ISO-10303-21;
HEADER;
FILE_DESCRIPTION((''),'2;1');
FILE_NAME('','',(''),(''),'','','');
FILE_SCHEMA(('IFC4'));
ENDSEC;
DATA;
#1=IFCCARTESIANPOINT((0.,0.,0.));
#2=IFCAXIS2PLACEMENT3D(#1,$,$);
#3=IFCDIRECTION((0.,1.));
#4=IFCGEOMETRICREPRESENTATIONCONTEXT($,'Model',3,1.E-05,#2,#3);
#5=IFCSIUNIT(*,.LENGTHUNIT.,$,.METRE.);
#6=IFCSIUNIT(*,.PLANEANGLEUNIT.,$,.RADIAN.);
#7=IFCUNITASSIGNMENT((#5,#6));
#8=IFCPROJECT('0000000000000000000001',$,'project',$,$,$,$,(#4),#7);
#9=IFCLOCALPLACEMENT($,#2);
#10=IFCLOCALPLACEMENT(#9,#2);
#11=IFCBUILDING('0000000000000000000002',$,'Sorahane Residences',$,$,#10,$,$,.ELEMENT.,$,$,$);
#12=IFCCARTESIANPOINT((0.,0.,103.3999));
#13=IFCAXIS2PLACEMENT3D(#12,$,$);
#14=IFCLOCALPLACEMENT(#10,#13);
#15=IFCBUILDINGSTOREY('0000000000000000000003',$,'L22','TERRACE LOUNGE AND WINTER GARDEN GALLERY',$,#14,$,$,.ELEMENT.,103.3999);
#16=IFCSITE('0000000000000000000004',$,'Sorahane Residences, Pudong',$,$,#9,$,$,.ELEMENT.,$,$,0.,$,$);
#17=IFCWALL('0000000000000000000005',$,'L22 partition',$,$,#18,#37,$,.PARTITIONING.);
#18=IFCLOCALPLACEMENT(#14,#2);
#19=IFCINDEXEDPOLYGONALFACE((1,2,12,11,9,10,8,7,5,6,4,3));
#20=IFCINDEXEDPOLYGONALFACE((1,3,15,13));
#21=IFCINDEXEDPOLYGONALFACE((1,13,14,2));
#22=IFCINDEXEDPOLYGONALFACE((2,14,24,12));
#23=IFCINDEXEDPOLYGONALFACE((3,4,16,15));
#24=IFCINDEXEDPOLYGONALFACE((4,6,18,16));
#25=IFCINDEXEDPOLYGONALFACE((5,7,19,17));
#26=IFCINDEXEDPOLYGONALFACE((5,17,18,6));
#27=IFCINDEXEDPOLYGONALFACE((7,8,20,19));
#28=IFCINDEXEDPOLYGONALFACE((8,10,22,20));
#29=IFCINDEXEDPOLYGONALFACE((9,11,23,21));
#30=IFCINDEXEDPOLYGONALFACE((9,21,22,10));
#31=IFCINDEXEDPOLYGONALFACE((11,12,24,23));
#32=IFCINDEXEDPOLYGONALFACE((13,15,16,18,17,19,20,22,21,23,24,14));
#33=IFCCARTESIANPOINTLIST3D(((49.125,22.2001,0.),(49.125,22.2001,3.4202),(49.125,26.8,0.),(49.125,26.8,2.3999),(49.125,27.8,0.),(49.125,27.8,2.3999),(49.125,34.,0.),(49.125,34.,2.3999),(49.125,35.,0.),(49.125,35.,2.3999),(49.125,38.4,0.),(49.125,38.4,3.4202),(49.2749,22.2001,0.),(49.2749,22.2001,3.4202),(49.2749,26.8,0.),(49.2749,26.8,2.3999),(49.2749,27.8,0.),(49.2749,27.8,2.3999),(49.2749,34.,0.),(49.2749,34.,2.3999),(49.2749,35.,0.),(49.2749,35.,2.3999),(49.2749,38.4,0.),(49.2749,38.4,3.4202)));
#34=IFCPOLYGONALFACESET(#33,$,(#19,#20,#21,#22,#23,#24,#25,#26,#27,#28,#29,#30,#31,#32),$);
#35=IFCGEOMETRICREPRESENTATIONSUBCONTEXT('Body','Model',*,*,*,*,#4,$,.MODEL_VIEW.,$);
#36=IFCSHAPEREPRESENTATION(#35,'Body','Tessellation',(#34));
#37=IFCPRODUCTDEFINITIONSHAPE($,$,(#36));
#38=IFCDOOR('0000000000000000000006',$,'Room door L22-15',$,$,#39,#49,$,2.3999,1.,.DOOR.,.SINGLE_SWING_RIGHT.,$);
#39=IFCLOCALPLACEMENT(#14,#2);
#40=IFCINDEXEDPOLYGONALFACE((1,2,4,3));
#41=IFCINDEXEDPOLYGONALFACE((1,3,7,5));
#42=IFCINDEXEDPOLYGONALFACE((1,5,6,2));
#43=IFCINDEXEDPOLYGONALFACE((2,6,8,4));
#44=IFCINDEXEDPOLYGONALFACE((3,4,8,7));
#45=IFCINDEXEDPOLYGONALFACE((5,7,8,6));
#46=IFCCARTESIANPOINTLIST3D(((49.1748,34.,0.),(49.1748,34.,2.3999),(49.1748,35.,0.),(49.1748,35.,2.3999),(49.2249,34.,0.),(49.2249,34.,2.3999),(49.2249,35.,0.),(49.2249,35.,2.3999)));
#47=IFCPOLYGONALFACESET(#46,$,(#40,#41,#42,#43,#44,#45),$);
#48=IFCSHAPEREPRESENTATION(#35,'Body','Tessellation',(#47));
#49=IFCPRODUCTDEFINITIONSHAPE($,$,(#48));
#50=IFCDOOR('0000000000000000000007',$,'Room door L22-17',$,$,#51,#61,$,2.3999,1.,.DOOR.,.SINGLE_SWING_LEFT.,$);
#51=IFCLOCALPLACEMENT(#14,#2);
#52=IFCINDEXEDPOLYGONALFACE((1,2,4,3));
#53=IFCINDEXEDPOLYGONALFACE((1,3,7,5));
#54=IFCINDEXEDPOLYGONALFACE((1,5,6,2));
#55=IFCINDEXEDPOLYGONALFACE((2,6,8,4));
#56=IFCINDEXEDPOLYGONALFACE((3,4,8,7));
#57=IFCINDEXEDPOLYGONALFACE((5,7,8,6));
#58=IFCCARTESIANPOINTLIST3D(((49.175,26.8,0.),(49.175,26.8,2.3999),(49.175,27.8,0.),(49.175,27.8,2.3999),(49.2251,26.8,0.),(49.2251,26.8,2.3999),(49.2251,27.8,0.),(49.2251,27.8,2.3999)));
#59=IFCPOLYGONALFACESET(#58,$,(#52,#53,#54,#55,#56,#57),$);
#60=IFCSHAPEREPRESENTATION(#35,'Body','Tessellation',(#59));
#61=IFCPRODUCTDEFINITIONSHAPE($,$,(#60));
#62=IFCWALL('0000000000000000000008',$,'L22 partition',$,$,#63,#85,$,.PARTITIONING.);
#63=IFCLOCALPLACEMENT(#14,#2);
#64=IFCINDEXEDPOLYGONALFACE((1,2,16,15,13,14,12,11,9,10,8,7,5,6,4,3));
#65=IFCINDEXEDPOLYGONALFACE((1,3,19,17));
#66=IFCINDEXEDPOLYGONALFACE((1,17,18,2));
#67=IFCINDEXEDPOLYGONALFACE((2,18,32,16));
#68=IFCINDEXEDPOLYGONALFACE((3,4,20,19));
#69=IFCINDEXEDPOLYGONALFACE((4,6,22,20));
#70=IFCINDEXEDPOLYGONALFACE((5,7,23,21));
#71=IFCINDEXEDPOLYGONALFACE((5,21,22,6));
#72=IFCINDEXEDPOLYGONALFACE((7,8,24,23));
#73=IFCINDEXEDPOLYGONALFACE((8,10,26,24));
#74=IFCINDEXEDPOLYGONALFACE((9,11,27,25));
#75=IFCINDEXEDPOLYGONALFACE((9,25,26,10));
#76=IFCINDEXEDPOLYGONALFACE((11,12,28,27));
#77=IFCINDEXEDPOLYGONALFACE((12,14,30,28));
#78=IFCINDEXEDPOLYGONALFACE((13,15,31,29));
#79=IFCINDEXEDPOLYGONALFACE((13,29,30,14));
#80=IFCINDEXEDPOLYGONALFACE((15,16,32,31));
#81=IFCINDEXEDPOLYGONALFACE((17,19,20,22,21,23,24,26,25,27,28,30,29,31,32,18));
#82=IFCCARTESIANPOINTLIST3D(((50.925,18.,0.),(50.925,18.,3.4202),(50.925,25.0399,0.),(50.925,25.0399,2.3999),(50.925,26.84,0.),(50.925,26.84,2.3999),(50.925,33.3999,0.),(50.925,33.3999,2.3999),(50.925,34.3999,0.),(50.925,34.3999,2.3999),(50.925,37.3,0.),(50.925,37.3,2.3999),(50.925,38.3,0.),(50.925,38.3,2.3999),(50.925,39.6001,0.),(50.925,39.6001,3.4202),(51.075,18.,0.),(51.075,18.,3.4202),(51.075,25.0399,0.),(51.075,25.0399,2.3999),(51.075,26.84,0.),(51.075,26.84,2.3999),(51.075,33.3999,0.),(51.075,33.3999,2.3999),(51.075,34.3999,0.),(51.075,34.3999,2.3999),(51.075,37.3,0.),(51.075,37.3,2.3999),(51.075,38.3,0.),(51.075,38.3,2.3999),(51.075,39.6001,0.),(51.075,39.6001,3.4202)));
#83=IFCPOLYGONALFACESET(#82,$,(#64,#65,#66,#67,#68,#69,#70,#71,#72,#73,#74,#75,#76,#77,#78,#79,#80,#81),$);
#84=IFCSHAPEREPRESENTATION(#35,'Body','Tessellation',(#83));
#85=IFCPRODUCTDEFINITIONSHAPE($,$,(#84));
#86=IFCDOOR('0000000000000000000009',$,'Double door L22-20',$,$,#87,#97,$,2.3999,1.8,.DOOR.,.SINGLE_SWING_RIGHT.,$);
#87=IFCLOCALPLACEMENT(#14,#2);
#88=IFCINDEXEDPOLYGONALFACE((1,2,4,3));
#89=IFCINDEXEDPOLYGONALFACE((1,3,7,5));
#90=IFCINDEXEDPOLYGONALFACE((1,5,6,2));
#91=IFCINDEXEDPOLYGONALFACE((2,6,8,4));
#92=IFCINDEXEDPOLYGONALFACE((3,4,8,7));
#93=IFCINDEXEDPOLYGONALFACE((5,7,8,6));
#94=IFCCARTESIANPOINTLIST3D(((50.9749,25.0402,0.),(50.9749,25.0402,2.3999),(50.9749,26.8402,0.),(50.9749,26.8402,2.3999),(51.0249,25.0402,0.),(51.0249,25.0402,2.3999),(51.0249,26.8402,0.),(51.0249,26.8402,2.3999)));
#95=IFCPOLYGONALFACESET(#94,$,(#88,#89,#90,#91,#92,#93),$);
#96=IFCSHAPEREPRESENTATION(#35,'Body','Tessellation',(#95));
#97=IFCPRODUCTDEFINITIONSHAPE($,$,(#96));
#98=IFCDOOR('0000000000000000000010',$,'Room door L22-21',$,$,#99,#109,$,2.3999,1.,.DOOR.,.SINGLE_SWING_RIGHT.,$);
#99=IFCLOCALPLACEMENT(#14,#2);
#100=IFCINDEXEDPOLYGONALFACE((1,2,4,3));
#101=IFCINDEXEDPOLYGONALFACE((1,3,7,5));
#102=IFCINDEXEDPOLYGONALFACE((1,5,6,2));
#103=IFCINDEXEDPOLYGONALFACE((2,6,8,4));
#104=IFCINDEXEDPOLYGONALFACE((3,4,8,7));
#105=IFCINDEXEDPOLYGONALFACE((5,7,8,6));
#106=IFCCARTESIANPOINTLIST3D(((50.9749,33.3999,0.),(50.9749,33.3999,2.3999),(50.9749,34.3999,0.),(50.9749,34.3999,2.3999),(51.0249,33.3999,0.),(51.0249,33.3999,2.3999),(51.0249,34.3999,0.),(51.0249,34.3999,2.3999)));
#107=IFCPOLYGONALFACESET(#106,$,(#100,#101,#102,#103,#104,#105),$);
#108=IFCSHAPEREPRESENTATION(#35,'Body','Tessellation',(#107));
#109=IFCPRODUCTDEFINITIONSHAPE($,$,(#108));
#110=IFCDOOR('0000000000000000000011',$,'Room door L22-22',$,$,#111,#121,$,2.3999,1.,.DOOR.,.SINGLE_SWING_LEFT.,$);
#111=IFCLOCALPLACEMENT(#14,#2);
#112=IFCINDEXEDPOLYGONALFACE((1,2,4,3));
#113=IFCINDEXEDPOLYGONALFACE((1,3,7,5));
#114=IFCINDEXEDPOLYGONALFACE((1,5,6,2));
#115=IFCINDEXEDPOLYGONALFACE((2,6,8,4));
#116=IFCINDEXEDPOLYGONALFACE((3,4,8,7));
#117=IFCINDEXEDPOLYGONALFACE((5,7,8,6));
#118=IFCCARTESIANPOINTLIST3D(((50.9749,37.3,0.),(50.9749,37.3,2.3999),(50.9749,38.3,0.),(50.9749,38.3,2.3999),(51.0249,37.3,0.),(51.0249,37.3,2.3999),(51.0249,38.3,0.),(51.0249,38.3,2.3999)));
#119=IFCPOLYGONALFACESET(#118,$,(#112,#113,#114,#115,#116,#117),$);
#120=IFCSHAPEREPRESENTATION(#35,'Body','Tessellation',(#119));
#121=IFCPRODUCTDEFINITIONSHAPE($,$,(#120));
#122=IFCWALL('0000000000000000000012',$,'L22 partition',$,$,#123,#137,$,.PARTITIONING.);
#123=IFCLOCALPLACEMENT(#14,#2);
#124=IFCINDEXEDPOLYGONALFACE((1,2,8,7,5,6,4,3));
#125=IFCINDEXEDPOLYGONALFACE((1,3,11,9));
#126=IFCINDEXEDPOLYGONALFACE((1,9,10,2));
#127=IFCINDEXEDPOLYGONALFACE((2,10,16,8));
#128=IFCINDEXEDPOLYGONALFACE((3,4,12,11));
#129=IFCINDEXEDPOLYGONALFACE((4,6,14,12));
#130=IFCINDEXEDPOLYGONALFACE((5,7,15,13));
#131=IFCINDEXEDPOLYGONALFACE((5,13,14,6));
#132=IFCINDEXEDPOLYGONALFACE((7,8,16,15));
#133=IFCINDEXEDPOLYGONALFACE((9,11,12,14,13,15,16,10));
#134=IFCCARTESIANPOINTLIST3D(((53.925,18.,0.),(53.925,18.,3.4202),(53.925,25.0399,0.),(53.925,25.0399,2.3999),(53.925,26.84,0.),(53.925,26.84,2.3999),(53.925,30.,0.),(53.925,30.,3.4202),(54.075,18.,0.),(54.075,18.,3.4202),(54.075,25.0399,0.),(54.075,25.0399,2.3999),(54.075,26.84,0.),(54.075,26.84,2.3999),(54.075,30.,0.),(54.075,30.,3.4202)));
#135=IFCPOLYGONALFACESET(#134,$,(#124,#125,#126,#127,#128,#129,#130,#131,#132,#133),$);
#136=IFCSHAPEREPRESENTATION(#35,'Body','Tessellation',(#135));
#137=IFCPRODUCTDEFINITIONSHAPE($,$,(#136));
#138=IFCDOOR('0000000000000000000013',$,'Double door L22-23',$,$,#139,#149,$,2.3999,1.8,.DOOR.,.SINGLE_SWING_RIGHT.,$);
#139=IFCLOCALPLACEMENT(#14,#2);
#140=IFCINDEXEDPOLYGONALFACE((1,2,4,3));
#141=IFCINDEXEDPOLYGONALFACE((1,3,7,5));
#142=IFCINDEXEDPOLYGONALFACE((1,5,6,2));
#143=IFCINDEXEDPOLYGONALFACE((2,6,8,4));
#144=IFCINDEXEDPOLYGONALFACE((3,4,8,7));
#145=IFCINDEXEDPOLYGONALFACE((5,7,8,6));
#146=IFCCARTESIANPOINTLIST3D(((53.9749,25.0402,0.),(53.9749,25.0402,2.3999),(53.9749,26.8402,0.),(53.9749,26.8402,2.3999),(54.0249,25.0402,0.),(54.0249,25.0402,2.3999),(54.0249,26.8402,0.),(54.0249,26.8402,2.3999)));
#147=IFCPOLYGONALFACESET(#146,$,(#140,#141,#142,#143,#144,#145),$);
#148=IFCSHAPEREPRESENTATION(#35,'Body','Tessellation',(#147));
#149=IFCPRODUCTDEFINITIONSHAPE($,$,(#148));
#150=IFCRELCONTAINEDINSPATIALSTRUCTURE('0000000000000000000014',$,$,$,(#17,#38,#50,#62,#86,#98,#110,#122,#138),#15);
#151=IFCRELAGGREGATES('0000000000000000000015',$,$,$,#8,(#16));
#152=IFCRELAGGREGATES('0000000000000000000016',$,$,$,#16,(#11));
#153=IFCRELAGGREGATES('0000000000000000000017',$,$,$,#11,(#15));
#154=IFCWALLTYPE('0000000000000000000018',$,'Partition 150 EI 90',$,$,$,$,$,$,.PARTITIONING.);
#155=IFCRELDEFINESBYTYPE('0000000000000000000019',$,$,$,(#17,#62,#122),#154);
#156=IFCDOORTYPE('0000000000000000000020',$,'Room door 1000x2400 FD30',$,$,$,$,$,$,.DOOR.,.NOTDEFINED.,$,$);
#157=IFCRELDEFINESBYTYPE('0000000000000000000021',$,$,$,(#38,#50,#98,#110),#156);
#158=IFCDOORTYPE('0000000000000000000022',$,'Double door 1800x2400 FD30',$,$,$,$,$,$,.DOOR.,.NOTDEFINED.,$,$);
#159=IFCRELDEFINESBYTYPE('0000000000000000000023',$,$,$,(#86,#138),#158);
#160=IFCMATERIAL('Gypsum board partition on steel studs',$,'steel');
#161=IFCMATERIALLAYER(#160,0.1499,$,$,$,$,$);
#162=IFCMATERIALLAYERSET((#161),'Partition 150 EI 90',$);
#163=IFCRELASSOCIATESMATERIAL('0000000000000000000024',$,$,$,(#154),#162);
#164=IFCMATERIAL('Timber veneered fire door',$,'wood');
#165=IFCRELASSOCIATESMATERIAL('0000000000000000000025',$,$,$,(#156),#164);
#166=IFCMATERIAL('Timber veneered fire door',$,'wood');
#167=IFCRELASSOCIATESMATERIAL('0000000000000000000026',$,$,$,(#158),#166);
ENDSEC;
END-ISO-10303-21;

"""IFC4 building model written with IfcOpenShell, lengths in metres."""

from ifc_helpers import new_model, si_unit, direction, frame, frame_2d, origin, place, context, subcontext, project, spatial, rectangle, extrude, material, layer, layer_set, type_object, element, fill, save


model = new_model("IFC4")

# Units and contexts
model_context = context("Model", 3, precision=1e-05, world=origin(), true_north=direction((0.0, 1.0)))
body_context = subcontext(model_context, "Body", "Model", "MODEL_VIEW")
ifc_project = project(units=[si_unit("LENGTHUNIT", "METRE"), si_unit("PLANEANGLEUNIT", "RADIAN")], contexts=[model_context])

# Site, building, storey
site_placement = place(None, origin())
site = spatial("IfcSite", under=ifc_project, at=site_placement, Name="Sorahane Residences, Pudong", CompositionType="ELEMENT", RefElevation=0.0)
building_placement = place(site_placement, origin())
building = spatial("IfcBuilding", under=site, at=building_placement, Name="Sorahane Residences", CompositionType="ELEMENT")
storey_placement = place(building_placement, frame((0.0, 0.0, 103.3999)))
storey = spatial("IfcBuildingStorey", under=building, at=storey_placement, Name="L22", Description="TERRACE LOUNGE AND WINTER GARDEN GALLERY", CompositionType="ELEMENT", Elevation=103.3999)

# Walls, openings, doors
ifc_material_1 = material(Name="Gypsum board partition on steel studs", Category="steel")
ifc_layer_1 = layer(ifc_material_1, 0.1499)
ifc_layer_set_1 = layer_set([ifc_layer_1], Name="Partition 150 EI 90")
wall_type_1 = type_object("IfcWallType", Name="Partition 150 EI 90", PredefinedType="PARTITIONING", material=ifc_layer_set_1)
wall_1_placement = place(storey_placement, frame((49.2, 22.2, 0.0), z_axis=(0.0, 0.0, 1.0), x_axis=(0.0, 1.0, 0.0)))
wall_1 = element("IfcWall", 1, at=wall_1_placement, inside=storey, type_object=wall_type_1, Name="L22 partition", PredefinedType="PARTITIONING", context=body_context, shape_type="SweptSolid", body=[
    extrude(rectangle(XDim=16.2, YDim=0.1499, at=frame_2d((8.1001, 0.0))), origin(), (0.0, 0.0, 1.0), 3.4202),
])
opening_1_placement = place(wall_1_placement, frame((11.8, 0.0, 0.0)))
opening_1 = element("IfcOpeningElement", 2, at=opening_1_placement, cuts=wall_1, PredefinedType="OPENING", context=body_context, shape_type="SweptSolid", body=[
    extrude(rectangle(XDim=1.0, YDim=2.3999, at=frame_2d((0.5, 1.2))), frame((0.0, 0.085, 0.0), z_axis=(0.0, -1.0, 0.0), x_axis=(1.0, 0.0, 0.0)), (0.0, 0.0, 1.0), 0.1699),
])
opening_2_placement = place(wall_1_placement, frame((4.6001, 0.0, 0.0)))
opening_2 = element("IfcOpeningElement", 3, at=opening_2_placement, cuts=wall_1, PredefinedType="OPENING", context=body_context, shape_type="SweptSolid", body=[
    extrude(rectangle(XDim=1.0, YDim=2.3999, at=frame_2d((0.5, 1.2))), frame((0.0, 0.085, 0.0), z_axis=(0.0, -1.0, 0.0), x_axis=(1.0, 0.0, 0.0)), (0.0, 0.0, 1.0), 0.1699),
])
ifc_material_2 = material(Name="Timber veneered fire door", Category="wood")
door_type_1 = type_object("IfcDoorType", Name="Room door 1000x2400 FD30", OperationType="NOTDEFINED", PredefinedType="DOOR", material=ifc_material_2)
door_1_placement = place(opening_1_placement, frame((1.0, 0.0, 0.0), z_axis=(0.0, 0.0, 1.0), x_axis=(-1.0, 0.0, 0.0)))
door_1 = element("IfcDoor", 4, at=door_1_placement, inside=storey, type_object=door_type_1, Name="Room door L22-15", OperationType="SINGLE_SWING_RIGHT", OverallHeight=2.3999, OverallWidth=1.0, PredefinedType="DOOR", context=body_context, shape_type="SweptSolid", body=[
    extrude(rectangle(XDim=1.0, YDim=2.3999, at=frame_2d((0.5, 1.2))), frame((0.0, 0.0249, 0.0), z_axis=(0.0, -1.0, 0.0), x_axis=(1.0, 0.0, 0.0)), (0.0, 0.0, 1.0), 0.05),
])
fill(opening_1, door_1)
door_2_placement = place(opening_2_placement, origin())
door_2 = element("IfcDoor", 5, at=door_2_placement, inside=storey, type_object=door_type_1, Name="Room door L22-17", OperationType="SINGLE_SWING_LEFT", OverallHeight=2.3999, OverallWidth=1.0, PredefinedType="DOOR", context=body_context, shape_type="SweptSolid", body=[
    extrude(rectangle(XDim=1.0, YDim=2.3999, at=frame_2d((0.5, 1.2))), frame((0.0, 0.0249, 0.0), z_axis=(0.0, -1.0, 0.0), x_axis=(1.0, 0.0, 0.0)), (0.0, 0.0, 1.0), 0.05),
])
fill(opening_2, door_2)
wall_2_placement = place(storey_placement, frame((51.0, 18.0, 0.0), z_axis=(0.0, 0.0, 1.0), x_axis=(0.0, 1.0, 0.0)))
wall_2 = element("IfcWall", 6, at=wall_2_placement, inside=storey, type_object=wall_type_1, Name="L22 partition", PredefinedType="PARTITIONING", context=body_context, shape_type="SweptSolid", body=[
    extrude(rectangle(XDim=21.6001, YDim=0.1499, at=frame_2d((10.8, 0.0))), origin(), (0.0, 0.0, 1.0), 3.4202),
])
opening_3_placement = place(wall_2_placement, frame((7.04, 0.0, 0.0)))
opening_3 = element("IfcOpeningElement", 7, at=opening_3_placement, cuts=wall_2, PredefinedType="OPENING", context=body_context, shape_type="SweptSolid", body=[
    extrude(rectangle(XDim=1.8, YDim=2.3999, at=frame_2d((0.8999, 1.2))), frame((0.0, 0.085, 0.0), z_axis=(0.0, -1.0, 0.0), x_axis=(1.0, 0.0, 0.0)), (0.0, 0.0, 1.0), 0.1699),
])
opening_4_placement = place(wall_2_placement, frame((15.3999, 0.0, 0.0)))
opening_4 = element("IfcOpeningElement", 8, at=opening_4_placement, cuts=wall_2, PredefinedType="OPENING", context=body_context, shape_type="SweptSolid", body=[
    extrude(rectangle(XDim=1.0, YDim=2.3999, at=frame_2d((0.5, 1.2))), frame((0.0, 0.085, 0.0), z_axis=(0.0, -1.0, 0.0), x_axis=(1.0, 0.0, 0.0)), (0.0, 0.0, 1.0), 0.1699),
])
opening_5_placement = place(wall_2_placement, frame((19.3, 0.0, 0.0)))
opening_5 = element("IfcOpeningElement", 9, at=opening_5_placement, cuts=wall_2, PredefinedType="OPENING", context=body_context, shape_type="SweptSolid", body=[
    extrude(rectangle(XDim=1.0, YDim=2.3999, at=frame_2d((0.5, 1.2))), frame((0.0, 0.085, 0.0), z_axis=(0.0, -1.0, 0.0), x_axis=(1.0, 0.0, 0.0)), (0.0, 0.0, 1.0), 0.1699),
])
ifc_material_3 = material(Name="Timber veneered fire door", Category="wood")
door_type_2 = type_object("IfcDoorType", Name="Double door 1800x2400 FD30", OperationType="NOTDEFINED", PredefinedType="DOOR", material=ifc_material_3)
door_3_placement = place(opening_3_placement, frame((1.8, 0.0, 0.0), z_axis=(0.0, 0.0, 1.0), x_axis=(-1.0, 0.0, 0.0)))
door_3 = element("IfcDoor", 10, at=door_3_placement, inside=storey, type_object=door_type_2, Name="Double door L22-20", OperationType="SINGLE_SWING_RIGHT", OverallHeight=2.3999, OverallWidth=1.8, PredefinedType="DOOR", context=body_context, shape_type="SweptSolid", body=[
    extrude(rectangle(XDim=1.8, YDim=2.3999, at=frame_2d((0.8999, 1.2))), frame((0.0, 0.0249, 0.0), z_axis=(0.0, -1.0, 0.0), x_axis=(1.0, 0.0, 0.0)), (0.0, 0.0, 1.0), 0.05),
])
fill(opening_3, door_3)
door_4_placement = place(opening_4_placement, frame((1.0, 0.0, 0.0), z_axis=(0.0, 0.0, 1.0), x_axis=(-1.0, 0.0, 0.0)))
door_4 = element("IfcDoor", 11, at=door_4_placement, inside=storey, type_object=door_type_1, Name="Room door L22-21", OperationType="SINGLE_SWING_RIGHT", OverallHeight=2.3999, OverallWidth=1.0, PredefinedType="DOOR", context=body_context, shape_type="SweptSolid", body=[
    extrude(rectangle(XDim=1.0, YDim=2.3999, at=frame_2d((0.5, 1.2))), frame((0.0, 0.0249, 0.0), z_axis=(0.0, -1.0, 0.0), x_axis=(1.0, 0.0, 0.0)), (0.0, 0.0, 1.0), 0.05),
])
fill(opening_4, door_4)
door_5_placement = place(opening_5_placement, frame((1.0, 0.0, 0.0), z_axis=(0.0, 0.0, 1.0), x_axis=(-1.0, 0.0, 0.0)))
door_5 = element("IfcDoor", 12, at=door_5_placement, inside=storey, type_object=door_type_1, Name="Room door L22-22", OperationType="SINGLE_SWING_LEFT", OverallHeight=2.3999, OverallWidth=1.0, PredefinedType="DOOR", context=body_context, shape_type="SweptSolid", body=[
    extrude(rectangle(XDim=1.0, YDim=2.3999, at=frame_2d((0.5, 1.2))), frame((0.0, 0.0249, 0.0), z_axis=(0.0, -1.0, 0.0), x_axis=(1.0, 0.0, 0.0)), (0.0, 0.0, 1.0), 0.05),
])
fill(opening_5, door_5)

# Wall, opening, door
wall_3_placement = place(storey_placement, frame((54.0, 18.0, 0.0), z_axis=(0.0, 0.0, 1.0), x_axis=(0.0, 1.0, 0.0)))
wall_3 = element("IfcWall", 13, at=wall_3_placement, inside=storey, type_object=wall_type_1, Name="L22 partition", PredefinedType="PARTITIONING", context=body_context, shape_type="SweptSolid", body=[
    extrude(rectangle(XDim=12.0, YDim=0.1499, at=frame_2d((6.0, 0.0))), origin(), (0.0, 0.0, 1.0), 3.4202),
])
opening_6_placement = place(wall_3_placement, frame((7.04, 0.0, 0.0)))
opening_6 = element("IfcOpeningElement", 14, at=opening_6_placement, cuts=wall_3, PredefinedType="OPENING", context=body_context, shape_type="SweptSolid", body=[
    extrude(rectangle(XDim=1.8, YDim=2.3999, at=frame_2d((0.8999, 1.2))), frame((0.0, 0.085, 0.0), z_axis=(0.0, -1.0, 0.0), x_axis=(1.0, 0.0, 0.0)), (0.0, 0.0, 1.0), 0.1699),
])
door_6_placement = place(opening_6_placement, frame((1.8, 0.0, 0.0), z_axis=(0.0, 0.0, 1.0), x_axis=(-1.0, 0.0, 0.0)))
door_6 = element("IfcDoor", 15, at=door_6_placement, inside=storey, type_object=door_type_2, Name="Double door L22-23", OperationType="SINGLE_SWING_RIGHT", OverallHeight=2.3999, OverallWidth=1.8, PredefinedType="DOOR", context=body_context, shape_type="SweptSolid", body=[
    extrude(rectangle(XDim=1.8, YDim=2.3999, at=frame_2d((0.8999, 1.2))), frame((0.0, 0.0249, 0.0), z_axis=(0.0, -1.0, 0.0), x_axis=(1.0, 0.0, 0.0)), (0.0, 0.0, 1.0), 0.05),
])
fill(opening_6, door_6)

save(model, "model.ifc")
